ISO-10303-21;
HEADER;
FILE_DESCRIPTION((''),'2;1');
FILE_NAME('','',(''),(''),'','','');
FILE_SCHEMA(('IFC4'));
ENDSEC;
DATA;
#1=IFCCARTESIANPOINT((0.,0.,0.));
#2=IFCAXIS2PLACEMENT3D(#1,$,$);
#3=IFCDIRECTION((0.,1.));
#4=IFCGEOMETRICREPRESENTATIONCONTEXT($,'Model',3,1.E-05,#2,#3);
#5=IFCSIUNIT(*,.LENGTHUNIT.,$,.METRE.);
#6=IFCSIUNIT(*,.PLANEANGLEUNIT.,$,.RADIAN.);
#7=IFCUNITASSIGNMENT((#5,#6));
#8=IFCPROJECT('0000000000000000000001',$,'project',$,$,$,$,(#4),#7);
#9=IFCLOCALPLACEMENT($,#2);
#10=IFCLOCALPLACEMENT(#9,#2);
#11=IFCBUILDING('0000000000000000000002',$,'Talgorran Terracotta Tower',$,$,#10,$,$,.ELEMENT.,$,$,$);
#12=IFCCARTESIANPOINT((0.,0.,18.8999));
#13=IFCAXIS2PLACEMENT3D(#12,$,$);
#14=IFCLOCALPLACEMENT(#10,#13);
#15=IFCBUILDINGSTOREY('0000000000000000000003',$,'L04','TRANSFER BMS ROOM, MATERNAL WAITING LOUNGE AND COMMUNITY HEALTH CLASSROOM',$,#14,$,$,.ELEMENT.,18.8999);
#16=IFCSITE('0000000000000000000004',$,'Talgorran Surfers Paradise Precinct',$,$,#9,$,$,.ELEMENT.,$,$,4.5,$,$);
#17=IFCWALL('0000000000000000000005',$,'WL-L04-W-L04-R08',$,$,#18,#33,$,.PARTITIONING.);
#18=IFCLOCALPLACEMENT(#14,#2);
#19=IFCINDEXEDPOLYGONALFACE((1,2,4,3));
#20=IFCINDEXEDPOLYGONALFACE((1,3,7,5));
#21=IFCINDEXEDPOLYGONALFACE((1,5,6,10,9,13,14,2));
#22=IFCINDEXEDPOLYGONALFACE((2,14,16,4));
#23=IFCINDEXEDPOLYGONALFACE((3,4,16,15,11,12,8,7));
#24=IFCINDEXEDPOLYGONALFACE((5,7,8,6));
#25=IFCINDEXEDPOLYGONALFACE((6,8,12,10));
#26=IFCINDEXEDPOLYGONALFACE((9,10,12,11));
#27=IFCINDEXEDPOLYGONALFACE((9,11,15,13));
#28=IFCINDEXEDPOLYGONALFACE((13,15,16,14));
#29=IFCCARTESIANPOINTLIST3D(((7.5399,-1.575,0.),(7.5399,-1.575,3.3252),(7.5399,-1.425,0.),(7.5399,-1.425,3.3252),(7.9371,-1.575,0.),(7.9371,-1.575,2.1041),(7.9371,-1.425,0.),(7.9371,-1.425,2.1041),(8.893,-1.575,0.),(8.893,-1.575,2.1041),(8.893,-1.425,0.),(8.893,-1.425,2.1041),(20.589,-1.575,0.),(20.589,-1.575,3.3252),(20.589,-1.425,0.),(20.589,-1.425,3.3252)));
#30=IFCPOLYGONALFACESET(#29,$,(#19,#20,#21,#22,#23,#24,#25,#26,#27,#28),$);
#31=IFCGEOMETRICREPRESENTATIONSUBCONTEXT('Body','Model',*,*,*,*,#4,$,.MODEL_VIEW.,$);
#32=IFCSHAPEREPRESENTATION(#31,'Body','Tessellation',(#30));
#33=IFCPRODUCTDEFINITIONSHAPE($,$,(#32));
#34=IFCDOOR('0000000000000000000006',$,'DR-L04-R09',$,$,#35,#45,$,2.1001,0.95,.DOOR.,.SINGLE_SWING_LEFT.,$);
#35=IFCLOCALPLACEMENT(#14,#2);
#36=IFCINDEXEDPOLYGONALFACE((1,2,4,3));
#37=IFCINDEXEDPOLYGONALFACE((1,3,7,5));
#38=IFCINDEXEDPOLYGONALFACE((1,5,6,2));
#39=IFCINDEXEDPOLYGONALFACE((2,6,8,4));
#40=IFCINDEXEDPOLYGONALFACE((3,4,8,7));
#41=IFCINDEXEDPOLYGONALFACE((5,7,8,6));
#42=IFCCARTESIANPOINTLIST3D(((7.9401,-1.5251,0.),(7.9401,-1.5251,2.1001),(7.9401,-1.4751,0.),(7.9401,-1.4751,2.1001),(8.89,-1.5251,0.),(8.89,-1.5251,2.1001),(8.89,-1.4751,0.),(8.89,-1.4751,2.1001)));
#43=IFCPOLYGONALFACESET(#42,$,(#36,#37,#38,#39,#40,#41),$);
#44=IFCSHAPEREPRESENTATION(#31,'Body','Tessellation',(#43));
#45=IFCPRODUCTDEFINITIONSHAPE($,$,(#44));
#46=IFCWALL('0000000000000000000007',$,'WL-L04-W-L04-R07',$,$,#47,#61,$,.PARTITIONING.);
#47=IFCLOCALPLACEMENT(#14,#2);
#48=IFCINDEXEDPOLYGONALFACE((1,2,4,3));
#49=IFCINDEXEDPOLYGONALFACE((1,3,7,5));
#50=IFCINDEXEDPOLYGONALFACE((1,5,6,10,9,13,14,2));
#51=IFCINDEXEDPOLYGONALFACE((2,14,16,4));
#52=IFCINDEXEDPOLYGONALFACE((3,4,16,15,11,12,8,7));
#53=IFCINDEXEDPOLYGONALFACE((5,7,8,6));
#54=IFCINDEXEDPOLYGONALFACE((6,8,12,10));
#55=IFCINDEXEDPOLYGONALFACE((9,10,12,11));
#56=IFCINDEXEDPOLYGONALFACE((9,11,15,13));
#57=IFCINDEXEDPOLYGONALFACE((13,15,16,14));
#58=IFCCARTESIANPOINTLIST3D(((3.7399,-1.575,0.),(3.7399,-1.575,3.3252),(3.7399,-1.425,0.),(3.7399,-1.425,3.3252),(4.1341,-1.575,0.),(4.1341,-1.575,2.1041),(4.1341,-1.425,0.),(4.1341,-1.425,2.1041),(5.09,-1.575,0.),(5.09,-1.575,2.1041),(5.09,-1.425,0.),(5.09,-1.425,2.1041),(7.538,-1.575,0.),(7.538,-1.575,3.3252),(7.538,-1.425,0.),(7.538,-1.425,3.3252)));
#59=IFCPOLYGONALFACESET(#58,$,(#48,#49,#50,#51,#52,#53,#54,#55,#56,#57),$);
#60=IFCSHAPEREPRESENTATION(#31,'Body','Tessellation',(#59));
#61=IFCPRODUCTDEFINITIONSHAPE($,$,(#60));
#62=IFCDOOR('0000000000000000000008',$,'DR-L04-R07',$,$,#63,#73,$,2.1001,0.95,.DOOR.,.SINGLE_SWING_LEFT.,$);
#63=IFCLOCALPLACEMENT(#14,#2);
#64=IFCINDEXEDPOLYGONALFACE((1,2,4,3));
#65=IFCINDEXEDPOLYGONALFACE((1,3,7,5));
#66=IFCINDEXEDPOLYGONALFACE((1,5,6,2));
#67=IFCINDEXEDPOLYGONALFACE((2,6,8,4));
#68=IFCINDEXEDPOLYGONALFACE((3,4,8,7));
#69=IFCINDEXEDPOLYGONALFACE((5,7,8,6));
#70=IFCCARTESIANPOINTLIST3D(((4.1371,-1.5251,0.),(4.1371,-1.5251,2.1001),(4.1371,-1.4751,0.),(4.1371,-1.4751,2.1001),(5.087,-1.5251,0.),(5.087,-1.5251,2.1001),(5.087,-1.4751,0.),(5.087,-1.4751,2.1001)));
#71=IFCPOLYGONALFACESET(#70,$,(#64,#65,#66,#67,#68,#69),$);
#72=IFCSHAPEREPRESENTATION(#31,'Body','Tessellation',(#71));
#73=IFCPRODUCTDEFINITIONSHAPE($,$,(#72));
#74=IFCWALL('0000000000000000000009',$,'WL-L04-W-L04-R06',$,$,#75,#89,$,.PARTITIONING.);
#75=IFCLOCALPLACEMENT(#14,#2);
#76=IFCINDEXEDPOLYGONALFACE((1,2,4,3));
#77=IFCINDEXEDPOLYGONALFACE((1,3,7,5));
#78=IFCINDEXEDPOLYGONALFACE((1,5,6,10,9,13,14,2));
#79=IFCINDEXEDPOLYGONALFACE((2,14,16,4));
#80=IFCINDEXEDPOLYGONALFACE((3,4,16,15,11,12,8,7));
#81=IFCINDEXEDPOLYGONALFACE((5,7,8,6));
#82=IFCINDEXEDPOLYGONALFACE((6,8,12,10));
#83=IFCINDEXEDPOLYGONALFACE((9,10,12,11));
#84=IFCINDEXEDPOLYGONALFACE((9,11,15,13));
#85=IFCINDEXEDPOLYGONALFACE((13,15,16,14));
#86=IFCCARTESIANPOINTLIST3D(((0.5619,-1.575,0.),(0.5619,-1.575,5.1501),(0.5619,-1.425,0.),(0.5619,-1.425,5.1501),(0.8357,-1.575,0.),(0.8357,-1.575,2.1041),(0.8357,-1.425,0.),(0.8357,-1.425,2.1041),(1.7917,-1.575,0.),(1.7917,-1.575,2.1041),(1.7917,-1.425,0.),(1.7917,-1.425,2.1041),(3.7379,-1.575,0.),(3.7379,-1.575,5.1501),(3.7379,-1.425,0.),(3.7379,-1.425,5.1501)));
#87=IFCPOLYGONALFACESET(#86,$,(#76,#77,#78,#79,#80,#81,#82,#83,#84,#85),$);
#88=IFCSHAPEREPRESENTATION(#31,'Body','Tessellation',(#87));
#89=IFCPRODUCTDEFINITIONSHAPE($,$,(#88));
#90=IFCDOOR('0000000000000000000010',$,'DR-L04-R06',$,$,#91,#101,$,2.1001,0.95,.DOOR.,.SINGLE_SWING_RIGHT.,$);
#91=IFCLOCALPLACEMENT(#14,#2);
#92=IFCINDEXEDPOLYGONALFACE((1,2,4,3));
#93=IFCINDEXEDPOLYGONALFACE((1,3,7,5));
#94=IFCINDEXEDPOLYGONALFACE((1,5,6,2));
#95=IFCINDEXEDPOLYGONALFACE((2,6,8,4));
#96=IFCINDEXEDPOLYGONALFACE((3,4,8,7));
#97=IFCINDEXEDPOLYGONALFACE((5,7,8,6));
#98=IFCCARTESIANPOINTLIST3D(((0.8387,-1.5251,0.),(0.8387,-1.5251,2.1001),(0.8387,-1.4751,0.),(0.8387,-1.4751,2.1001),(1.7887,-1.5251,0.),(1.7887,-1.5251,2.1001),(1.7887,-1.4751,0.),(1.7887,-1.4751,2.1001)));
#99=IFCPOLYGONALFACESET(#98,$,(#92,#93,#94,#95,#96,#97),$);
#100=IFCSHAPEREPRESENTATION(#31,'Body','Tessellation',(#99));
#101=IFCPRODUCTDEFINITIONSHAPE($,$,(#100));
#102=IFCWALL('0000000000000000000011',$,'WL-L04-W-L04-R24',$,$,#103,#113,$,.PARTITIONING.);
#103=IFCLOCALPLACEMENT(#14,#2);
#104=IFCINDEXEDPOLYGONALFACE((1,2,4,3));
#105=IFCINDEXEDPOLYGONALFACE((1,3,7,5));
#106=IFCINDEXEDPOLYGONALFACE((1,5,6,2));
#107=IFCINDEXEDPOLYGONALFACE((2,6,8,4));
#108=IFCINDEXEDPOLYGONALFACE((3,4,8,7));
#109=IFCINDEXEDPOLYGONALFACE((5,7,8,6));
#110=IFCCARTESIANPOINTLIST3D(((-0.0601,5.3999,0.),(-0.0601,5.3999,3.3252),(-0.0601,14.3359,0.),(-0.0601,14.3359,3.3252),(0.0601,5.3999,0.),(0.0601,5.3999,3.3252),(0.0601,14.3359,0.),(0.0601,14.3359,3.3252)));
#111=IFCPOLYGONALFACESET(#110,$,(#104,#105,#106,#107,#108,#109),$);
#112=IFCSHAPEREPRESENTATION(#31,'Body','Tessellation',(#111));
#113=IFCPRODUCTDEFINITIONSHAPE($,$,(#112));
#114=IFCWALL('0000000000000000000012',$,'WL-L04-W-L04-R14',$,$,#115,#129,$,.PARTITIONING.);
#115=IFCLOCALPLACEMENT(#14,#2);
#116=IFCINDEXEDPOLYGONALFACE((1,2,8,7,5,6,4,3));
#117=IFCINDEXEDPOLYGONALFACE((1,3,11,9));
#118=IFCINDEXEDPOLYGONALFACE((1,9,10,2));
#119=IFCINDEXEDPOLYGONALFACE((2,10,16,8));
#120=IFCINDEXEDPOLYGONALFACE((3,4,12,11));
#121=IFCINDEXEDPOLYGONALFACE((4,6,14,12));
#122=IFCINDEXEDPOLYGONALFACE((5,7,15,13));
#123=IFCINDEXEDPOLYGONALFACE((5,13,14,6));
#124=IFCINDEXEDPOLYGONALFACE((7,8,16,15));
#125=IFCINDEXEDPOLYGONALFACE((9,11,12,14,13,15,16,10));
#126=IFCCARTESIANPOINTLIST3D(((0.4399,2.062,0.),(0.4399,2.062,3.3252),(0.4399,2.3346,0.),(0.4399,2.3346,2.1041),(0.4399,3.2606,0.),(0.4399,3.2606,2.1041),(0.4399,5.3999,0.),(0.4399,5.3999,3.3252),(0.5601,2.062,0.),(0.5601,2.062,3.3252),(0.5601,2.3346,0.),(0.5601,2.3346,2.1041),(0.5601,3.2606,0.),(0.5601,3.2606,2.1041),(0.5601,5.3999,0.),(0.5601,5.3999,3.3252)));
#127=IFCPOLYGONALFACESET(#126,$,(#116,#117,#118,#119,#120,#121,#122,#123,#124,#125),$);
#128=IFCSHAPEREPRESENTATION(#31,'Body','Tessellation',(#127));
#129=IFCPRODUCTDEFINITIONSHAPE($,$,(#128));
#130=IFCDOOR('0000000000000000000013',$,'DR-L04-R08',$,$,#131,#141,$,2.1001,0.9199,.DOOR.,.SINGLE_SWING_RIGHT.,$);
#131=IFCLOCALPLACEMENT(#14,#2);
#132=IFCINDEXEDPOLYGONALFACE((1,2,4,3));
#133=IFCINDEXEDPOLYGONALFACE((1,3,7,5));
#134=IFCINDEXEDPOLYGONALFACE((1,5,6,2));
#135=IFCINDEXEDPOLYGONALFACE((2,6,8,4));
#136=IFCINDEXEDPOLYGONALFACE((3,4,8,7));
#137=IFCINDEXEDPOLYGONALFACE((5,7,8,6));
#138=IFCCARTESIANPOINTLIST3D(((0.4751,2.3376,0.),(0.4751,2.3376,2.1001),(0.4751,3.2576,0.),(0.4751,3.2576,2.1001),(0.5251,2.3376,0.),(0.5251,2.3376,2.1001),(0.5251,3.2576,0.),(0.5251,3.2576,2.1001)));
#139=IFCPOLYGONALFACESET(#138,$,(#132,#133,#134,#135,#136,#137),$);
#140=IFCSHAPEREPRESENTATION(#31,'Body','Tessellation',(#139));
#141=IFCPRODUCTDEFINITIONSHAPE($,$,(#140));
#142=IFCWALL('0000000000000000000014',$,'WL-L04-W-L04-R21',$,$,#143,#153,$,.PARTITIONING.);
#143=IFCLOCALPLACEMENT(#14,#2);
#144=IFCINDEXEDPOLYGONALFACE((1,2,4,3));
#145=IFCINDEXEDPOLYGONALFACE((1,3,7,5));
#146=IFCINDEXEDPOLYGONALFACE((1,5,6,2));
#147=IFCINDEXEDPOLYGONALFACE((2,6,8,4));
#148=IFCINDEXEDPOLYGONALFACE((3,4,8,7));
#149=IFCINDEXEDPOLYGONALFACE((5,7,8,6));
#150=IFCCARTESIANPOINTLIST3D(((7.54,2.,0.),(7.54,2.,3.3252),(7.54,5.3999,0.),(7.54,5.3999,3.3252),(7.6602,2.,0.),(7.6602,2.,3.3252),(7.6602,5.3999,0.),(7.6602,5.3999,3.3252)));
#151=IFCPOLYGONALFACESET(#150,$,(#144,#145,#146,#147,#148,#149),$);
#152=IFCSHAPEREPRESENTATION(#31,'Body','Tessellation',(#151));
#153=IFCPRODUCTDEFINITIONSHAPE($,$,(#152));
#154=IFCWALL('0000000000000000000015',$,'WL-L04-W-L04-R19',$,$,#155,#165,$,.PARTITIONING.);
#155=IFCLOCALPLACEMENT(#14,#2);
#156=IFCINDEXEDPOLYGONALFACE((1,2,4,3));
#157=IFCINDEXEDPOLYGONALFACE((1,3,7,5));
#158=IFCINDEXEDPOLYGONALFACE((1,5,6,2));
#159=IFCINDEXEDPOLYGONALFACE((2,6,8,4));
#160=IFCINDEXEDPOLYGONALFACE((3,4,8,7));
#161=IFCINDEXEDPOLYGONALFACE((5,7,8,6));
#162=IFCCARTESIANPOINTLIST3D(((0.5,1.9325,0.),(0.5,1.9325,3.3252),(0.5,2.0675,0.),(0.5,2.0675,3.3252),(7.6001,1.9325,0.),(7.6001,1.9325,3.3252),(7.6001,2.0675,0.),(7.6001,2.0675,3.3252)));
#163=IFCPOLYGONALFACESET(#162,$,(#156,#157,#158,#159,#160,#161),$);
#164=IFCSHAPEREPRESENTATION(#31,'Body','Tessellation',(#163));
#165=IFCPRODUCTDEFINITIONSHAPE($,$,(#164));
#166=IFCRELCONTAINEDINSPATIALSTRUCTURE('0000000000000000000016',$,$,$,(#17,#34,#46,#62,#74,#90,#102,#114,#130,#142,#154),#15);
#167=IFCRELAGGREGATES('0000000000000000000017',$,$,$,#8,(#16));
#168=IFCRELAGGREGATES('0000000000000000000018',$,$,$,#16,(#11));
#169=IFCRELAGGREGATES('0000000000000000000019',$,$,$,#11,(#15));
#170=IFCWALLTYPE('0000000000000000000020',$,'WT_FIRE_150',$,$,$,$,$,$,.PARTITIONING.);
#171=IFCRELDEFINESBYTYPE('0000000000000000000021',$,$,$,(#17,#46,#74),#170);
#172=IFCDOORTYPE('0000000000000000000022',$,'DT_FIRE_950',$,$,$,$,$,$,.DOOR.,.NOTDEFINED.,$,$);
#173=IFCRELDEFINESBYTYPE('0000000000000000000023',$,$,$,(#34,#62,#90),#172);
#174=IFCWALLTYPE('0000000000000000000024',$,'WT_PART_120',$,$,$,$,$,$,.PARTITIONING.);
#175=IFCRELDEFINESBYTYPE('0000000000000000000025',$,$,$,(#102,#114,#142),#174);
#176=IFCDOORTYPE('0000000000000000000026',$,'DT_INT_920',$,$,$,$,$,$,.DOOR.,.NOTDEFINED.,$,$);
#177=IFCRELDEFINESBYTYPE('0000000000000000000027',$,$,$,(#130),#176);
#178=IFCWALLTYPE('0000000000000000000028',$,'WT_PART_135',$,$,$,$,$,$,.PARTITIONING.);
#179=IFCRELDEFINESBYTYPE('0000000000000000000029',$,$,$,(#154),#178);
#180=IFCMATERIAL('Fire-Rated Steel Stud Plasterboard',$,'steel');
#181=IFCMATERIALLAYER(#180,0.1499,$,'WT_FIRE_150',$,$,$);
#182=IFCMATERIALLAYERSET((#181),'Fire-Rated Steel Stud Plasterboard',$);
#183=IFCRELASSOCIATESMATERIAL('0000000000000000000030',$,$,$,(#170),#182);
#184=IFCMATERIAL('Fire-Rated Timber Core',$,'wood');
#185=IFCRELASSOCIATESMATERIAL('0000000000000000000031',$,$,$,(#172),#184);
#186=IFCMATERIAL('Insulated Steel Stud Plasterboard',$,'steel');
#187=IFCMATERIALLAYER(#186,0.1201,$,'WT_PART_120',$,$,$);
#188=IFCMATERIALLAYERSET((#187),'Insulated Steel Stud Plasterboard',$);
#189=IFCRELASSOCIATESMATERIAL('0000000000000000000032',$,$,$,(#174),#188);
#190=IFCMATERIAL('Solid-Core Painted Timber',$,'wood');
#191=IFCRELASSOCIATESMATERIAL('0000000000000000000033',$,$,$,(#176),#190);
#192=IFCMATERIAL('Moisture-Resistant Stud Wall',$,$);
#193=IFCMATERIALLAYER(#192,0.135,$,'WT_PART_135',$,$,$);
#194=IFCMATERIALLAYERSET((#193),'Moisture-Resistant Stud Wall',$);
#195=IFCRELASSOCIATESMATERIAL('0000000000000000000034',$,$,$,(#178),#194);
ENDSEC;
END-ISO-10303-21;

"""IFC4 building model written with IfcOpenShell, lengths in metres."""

from ifc_helpers import new_model, si_unit, direction, frame, frame_2d, origin, place, context, subcontext, project, spatial, rectangle, extrude, material, layer, layer_set, type_object, element, fill, save


model = new_model("IFC4")

# Units and contexts
model_context = context("Model", 3, precision=1e-05, world=origin(), true_north=direction((0.0, 1.0)))
body_context = subcontext(model_context, "Body", "Model", "MODEL_VIEW")
ifc_project = project(units=[si_unit("LENGTHUNIT", "METRE"), si_unit("PLANEANGLEUNIT", "RADIAN")], contexts=[model_context])

# Site, building, storey
site_placement = place(None, origin())
site = spatial("IfcSite", under=ifc_project, at=site_placement, Name="Talgorran Surfers Paradise Precinct", CompositionType="ELEMENT", RefElevation=4.5)
building_placement = place(site_placement, origin())
building = spatial("IfcBuilding", under=site, at=building_placement, Name="Talgorran Terracotta Tower", CompositionType="ELEMENT")
storey_placement = place(building_placement, frame((0.0, 0.0, 18.8999)))
storey = spatial("IfcBuildingStorey", under=building, at=storey_placement, Name="L04", Description="TRANSFER BMS ROOM, MATERNAL WAITING LOUNGE AND COMMUNITY HEALTH CLASSROOM", CompositionType="ELEMENT", Elevation=18.8999)

# Walls, openings, doors
ifc_material_1 = material(Name="Fire-Rated Steel Stud Plasterboard", Category="steel")
ifc_layer_1 = layer(ifc_material_1, 0.1499, Name="WT_FIRE_150")
ifc_layer_set_1 = layer_set([ifc_layer_1], Name="Fire-Rated Steel Stud Plasterboard")
wall_type_1 = type_object("IfcWallType", Name="WT_FIRE_150", PredefinedType="PARTITIONING", material=ifc_layer_set_1)
wall_1_placement = place(storey_placement, frame((7.54, -1.5, 0.0), z_axis=(0.0, 0.0, 1.0), x_axis=(1.0, 0.0, 0.0)))
wall_1 = element("IfcWall", 1, at=wall_1_placement, inside=storey, type_object=wall_type_1, Name="WL-L04-W-L04-R08", PredefinedType="PARTITIONING", context=body_context, shape_type="SweptSolid", body=[
    extrude(rectangle(XDim=13.0491, YDim=0.1499, at=frame_2d((6.5244, 0.0))), origin(), (0.0, 0.0, 1.0), 3.3252),
])
opening_1_placement = place(wall_1_placement, frame((0.3999, 0.0, 0.0)))
opening_1 = element("IfcOpeningElement", 2, at=opening_1_placement, cuts=wall_1, PredefinedType="OPENING", context=body_context, shape_type="SweptSolid", body=[
    extrude(rectangle(XDim=0.956, YDim=2.1041, at=frame_2d((0.4751, 1.052))), frame((0.0, 0.085, 0.0), z_axis=(0.0, -1.0, 0.0), x_axis=(1.0, 0.0, 0.0)), (0.0, 0.0, 1.0), 0.1699),
])
ifc_material_2 = material(Name="Fire-Rated Timber Core", Category="wood")
door_type_1 = type_object("IfcDoorType", Name="DT_FIRE_950", OperationType="NOTDEFINED", PredefinedType="DOOR", material=ifc_material_2)
door_1_placement = place(opening_1_placement, origin())
door_1 = element("IfcDoor", 3, at=door_1_placement, inside=storey, type_object=door_type_1, Name="DR-L04-R09", OperationType="SINGLE_SWING_LEFT", OverallHeight=2.1001, OverallWidth=0.95, PredefinedType="DOOR", context=body_context, shape_type="SweptSolid", body=[
    extrude(rectangle(XDim=0.95, YDim=2.1001, at=frame_2d((0.4751, 1.05))), frame((0.0, 0.0249, 0.0), z_axis=(0.0, -1.0, 0.0), x_axis=(1.0, 0.0, 0.0)), (0.0, 0.0, 1.0), 0.05),
])
fill(opening_1, door_1)
wall_2_placement = place(storey_placement, frame((3.74, -1.5, 0.0), z_axis=(0.0, 0.0, 1.0), x_axis=(1.0, 0.0, 0.0)))
wall_2 = element("IfcWall", 4, at=wall_2_placement, inside=storey, type_object=wall_type_1, Name="WL-L04-W-L04-R07", PredefinedType="PARTITIONING", context=body_context, shape_type="SweptSolid", body=[
    extrude(rectangle(XDim=3.7981, YDim=0.1499, at=frame_2d((1.8989, 0.0))), origin(), (0.0, 0.0, 1.0), 3.3252),
])
opening_2_placement = place(wall_2_placement, frame((0.397, 0.0, 0.0)))
opening_2 = element("IfcOpeningElement", 5, at=opening_2_placement, cuts=wall_2, PredefinedType="OPENING", context=body_context, shape_type="SweptSolid", body=[
    extrude(rectangle(XDim=0.956, YDim=2.1041, at=frame_2d((0.4751, 1.052))), frame((0.0, 0.085, 0.0), z_axis=(0.0, -1.0, 0.0), x_axis=(1.0, 0.0, 0.0)), (0.0, 0.0, 1.0), 0.1699),
])
door_2_placement = place(opening_2_placement, origin())
door_2 = element("IfcDoor", 6, at=door_2_placement, inside=storey, type_object=door_type_1, Name="DR-L04-R07", OperationType="SINGLE_SWING_LEFT", OverallHeight=2.1001, OverallWidth=0.95, PredefinedType="DOOR", context=body_context, shape_type="SweptSolid", body=[
    extrude(rectangle(XDim=0.95, YDim=2.1001, at=frame_2d((0.4751, 1.05))), frame((0.0, 0.0249, 0.0), z_axis=(0.0, -1.0, 0.0), x_axis=(1.0, 0.0, 0.0)), (0.0, 0.0, 1.0), 0.05),
])
fill(opening_2, door_2)
wall_3_placement = place(storey_placement, frame((0.562, -1.5, 0.0), z_axis=(0.0, 0.0, 1.0), x_axis=(1.0, 0.0, 0.0)))
wall_3 = element("IfcWall", 7, at=wall_3_placement, inside=storey, type_object=wall_type_1, Name="WL-L04-W-L04-R06", PredefinedType="PARTITIONING", context=body_context, shape_type="SweptSolid", body=[
    extrude(rectangle(XDim=3.176, YDim=0.1499, at=frame_2d((1.5879, 0.0))), origin(), (0.0, 0.0, 1.0), 5.1501),
])
opening_3_placement = place(wall_3_placement, frame((0.2766, 0.0, 0.0)))
opening_3 = element("IfcOpeningElement", 8, at=opening_3_placement, cuts=wall_3, PredefinedType="OPENING", context=body_context, shape_type="SweptSolid", body=[
    extrude(rectangle(XDim=0.956, YDim=2.1041, at=frame_2d((0.4751, 1.052))), frame((0.0, 0.085, 0.0), z_axis=(0.0, -1.0, 0.0), x_axis=(1.0, 0.0, 0.0)), (0.0, 0.0, 1.0), 0.1699),
])
door_3_placement = place(opening_3_placement, origin())
door_3 = element("IfcDoor", 9, at=door_3_placement, inside=storey, type_object=door_type_1, Name="DR-L04-R06", OperationType="SINGLE_SWING_RIGHT", OverallHeight=2.1001, OverallWidth=0.95, PredefinedType="DOOR", context=body_context, shape_type="SweptSolid", body=[
    extrude(rectangle(XDim=0.95, YDim=2.1001, at=frame_2d((0.4751, 1.05))), frame((0.0, 0.0249, 0.0), z_axis=(0.0, -1.0, 0.0), x_axis=(1.0, 0.0, 0.0)), (0.0, 0.0, 1.0), 0.05),
])
fill(opening_3, door_3)

# Wall
ifc_material_3 = material(Name="Insulated Steel Stud Plasterboard", Category="steel")
ifc_layer_2 = layer(ifc_material_3, 0.1201, Name="WT_PART_120")
ifc_layer_set_2 = layer_set([ifc_layer_2], Name="Insulated Steel Stud Plasterboard")
wall_type_2 = type_object("IfcWallType", Name="WT_PART_120", PredefinedType="PARTITIONING", material=ifc_layer_set_2)
wall_4_placement = place(storey_placement, frame((0.0, 5.3999, 0.0), z_axis=(0.0, 0.0, 1.0), x_axis=(0.0, 1.0, 0.0)))
element("IfcWall", 10, at=wall_4_placement, inside=storey, type_object=wall_type_2, Name="WL-L04-W-L04-R24", PredefinedType="PARTITIONING", context=body_context, shape_type="SweptSolid", body=[
    extrude(rectangle(XDim=8.936, YDim=0.1201, at=frame_2d((4.468, 0.0))), origin(), (0.0, 0.0, 1.0), 3.3252),
])

# Wall, opening, door
wall_5_placement = place(storey_placement, frame((0.5, 2.062, 0.0), z_axis=(0.0, 0.0, 1.0), x_axis=(0.0, 1.0, 0.0)))
wall_5 = element("IfcWall", 11, at=wall_5_placement, inside=storey, type_object=wall_type_2, Name="WL-L04-W-L04-R14", PredefinedType="PARTITIONING", context=body_context, shape_type="SweptSolid", body=[
    extrude(rectangle(XDim=3.3379, YDim=0.1201, at=frame_2d((1.6689, 0.0))), origin(), (0.0, 0.0, 1.0), 3.3252),
])
opening_4_placement = place(wall_5_placement, frame((0.2756, 0.0, 0.0)))
opening_4 = element("IfcOpeningElement", 12, at=opening_4_placement, cuts=wall_5, PredefinedType="OPENING", context=body_context, shape_type="SweptSolid", body=[
    extrude(rectangle(XDim=0.9259, YDim=2.1041, at=frame_2d((0.46, 1.052))), frame((0.0, 0.0701, 0.0), z_axis=(0.0, -1.0, 0.0), x_axis=(1.0, 0.0, 0.0)), (0.0, 0.0, 1.0), 0.1401),
])
ifc_material_4 = material(Name="Solid-Core Painted Timber", Category="wood")
door_type_2 = type_object("IfcDoorType", Name="DT_INT_920", OperationType="NOTDEFINED", PredefinedType="DOOR", material=ifc_material_4)
door_4_placement = place(opening_4_placement, origin())
door_4 = element("IfcDoor", 13, at=door_4_placement, inside=storey, type_object=door_type_2, Name="DR-L04-R08", OperationType="SINGLE_SWING_RIGHT", OverallHeight=2.1001, OverallWidth=0.9199, PredefinedType="DOOR", context=body_context, shape_type="SweptSolid", body=[
    extrude(rectangle(XDim=0.9199, YDim=2.1001, at=frame_2d((0.46, 1.05))), frame((0.0, 0.0249, 0.0), z_axis=(0.0, -1.0, 0.0), x_axis=(1.0, 0.0, 0.0)), (0.0, 0.0, 1.0), 0.05),
])
fill(opening_4, door_4)

# Walls
wall_6_placement = place(storey_placement, frame((7.6001, 2.0, 0.0), z_axis=(0.0, 0.0, 1.0), x_axis=(0.0, 1.0, 0.0)))
element("IfcWall", 14, at=wall_6_placement, inside=storey, type_object=wall_type_2, Name="WL-L04-W-L04-R21", PredefinedType="PARTITIONING", context=body_context, shape_type="SweptSolid", body=[
    extrude(rectangle(XDim=3.3999, YDim=0.1201, at=frame_2d((1.7, 0.0))), origin(), (0.0, 0.0, 1.0), 3.3252),
])
ifc_material_5 = material(Name="Moisture-Resistant Stud Wall")
ifc_layer_3 = layer(ifc_material_5, 0.135, Name="WT_PART_135")
ifc_layer_set_3 = layer_set([ifc_layer_3], Name="Moisture-Resistant Stud Wall")
wall_type_3 = type_object("IfcWallType", Name="WT_PART_135", PredefinedType="PARTITIONING", material=ifc_layer_set_3)
wall_7_placement = place(storey_placement, frame((0.5, 2.0, 0.0), z_axis=(0.0, 0.0, 1.0), x_axis=(1.0, 0.0, 0.0)))
element("IfcWall", 15, at=wall_7_placement, inside=storey, type_object=wall_type_3, Name="WL-L04-W-L04-R19", PredefinedType="PARTITIONING", context=body_context, shape_type="SweptSolid", body=[
    extrude(rectangle(XDim=7.1001, YDim=0.135, at=frame_2d((3.55, 0.0))), origin(), (0.0, 0.0, 1.0), 3.3252),
])

save(model, "model.ifc")
